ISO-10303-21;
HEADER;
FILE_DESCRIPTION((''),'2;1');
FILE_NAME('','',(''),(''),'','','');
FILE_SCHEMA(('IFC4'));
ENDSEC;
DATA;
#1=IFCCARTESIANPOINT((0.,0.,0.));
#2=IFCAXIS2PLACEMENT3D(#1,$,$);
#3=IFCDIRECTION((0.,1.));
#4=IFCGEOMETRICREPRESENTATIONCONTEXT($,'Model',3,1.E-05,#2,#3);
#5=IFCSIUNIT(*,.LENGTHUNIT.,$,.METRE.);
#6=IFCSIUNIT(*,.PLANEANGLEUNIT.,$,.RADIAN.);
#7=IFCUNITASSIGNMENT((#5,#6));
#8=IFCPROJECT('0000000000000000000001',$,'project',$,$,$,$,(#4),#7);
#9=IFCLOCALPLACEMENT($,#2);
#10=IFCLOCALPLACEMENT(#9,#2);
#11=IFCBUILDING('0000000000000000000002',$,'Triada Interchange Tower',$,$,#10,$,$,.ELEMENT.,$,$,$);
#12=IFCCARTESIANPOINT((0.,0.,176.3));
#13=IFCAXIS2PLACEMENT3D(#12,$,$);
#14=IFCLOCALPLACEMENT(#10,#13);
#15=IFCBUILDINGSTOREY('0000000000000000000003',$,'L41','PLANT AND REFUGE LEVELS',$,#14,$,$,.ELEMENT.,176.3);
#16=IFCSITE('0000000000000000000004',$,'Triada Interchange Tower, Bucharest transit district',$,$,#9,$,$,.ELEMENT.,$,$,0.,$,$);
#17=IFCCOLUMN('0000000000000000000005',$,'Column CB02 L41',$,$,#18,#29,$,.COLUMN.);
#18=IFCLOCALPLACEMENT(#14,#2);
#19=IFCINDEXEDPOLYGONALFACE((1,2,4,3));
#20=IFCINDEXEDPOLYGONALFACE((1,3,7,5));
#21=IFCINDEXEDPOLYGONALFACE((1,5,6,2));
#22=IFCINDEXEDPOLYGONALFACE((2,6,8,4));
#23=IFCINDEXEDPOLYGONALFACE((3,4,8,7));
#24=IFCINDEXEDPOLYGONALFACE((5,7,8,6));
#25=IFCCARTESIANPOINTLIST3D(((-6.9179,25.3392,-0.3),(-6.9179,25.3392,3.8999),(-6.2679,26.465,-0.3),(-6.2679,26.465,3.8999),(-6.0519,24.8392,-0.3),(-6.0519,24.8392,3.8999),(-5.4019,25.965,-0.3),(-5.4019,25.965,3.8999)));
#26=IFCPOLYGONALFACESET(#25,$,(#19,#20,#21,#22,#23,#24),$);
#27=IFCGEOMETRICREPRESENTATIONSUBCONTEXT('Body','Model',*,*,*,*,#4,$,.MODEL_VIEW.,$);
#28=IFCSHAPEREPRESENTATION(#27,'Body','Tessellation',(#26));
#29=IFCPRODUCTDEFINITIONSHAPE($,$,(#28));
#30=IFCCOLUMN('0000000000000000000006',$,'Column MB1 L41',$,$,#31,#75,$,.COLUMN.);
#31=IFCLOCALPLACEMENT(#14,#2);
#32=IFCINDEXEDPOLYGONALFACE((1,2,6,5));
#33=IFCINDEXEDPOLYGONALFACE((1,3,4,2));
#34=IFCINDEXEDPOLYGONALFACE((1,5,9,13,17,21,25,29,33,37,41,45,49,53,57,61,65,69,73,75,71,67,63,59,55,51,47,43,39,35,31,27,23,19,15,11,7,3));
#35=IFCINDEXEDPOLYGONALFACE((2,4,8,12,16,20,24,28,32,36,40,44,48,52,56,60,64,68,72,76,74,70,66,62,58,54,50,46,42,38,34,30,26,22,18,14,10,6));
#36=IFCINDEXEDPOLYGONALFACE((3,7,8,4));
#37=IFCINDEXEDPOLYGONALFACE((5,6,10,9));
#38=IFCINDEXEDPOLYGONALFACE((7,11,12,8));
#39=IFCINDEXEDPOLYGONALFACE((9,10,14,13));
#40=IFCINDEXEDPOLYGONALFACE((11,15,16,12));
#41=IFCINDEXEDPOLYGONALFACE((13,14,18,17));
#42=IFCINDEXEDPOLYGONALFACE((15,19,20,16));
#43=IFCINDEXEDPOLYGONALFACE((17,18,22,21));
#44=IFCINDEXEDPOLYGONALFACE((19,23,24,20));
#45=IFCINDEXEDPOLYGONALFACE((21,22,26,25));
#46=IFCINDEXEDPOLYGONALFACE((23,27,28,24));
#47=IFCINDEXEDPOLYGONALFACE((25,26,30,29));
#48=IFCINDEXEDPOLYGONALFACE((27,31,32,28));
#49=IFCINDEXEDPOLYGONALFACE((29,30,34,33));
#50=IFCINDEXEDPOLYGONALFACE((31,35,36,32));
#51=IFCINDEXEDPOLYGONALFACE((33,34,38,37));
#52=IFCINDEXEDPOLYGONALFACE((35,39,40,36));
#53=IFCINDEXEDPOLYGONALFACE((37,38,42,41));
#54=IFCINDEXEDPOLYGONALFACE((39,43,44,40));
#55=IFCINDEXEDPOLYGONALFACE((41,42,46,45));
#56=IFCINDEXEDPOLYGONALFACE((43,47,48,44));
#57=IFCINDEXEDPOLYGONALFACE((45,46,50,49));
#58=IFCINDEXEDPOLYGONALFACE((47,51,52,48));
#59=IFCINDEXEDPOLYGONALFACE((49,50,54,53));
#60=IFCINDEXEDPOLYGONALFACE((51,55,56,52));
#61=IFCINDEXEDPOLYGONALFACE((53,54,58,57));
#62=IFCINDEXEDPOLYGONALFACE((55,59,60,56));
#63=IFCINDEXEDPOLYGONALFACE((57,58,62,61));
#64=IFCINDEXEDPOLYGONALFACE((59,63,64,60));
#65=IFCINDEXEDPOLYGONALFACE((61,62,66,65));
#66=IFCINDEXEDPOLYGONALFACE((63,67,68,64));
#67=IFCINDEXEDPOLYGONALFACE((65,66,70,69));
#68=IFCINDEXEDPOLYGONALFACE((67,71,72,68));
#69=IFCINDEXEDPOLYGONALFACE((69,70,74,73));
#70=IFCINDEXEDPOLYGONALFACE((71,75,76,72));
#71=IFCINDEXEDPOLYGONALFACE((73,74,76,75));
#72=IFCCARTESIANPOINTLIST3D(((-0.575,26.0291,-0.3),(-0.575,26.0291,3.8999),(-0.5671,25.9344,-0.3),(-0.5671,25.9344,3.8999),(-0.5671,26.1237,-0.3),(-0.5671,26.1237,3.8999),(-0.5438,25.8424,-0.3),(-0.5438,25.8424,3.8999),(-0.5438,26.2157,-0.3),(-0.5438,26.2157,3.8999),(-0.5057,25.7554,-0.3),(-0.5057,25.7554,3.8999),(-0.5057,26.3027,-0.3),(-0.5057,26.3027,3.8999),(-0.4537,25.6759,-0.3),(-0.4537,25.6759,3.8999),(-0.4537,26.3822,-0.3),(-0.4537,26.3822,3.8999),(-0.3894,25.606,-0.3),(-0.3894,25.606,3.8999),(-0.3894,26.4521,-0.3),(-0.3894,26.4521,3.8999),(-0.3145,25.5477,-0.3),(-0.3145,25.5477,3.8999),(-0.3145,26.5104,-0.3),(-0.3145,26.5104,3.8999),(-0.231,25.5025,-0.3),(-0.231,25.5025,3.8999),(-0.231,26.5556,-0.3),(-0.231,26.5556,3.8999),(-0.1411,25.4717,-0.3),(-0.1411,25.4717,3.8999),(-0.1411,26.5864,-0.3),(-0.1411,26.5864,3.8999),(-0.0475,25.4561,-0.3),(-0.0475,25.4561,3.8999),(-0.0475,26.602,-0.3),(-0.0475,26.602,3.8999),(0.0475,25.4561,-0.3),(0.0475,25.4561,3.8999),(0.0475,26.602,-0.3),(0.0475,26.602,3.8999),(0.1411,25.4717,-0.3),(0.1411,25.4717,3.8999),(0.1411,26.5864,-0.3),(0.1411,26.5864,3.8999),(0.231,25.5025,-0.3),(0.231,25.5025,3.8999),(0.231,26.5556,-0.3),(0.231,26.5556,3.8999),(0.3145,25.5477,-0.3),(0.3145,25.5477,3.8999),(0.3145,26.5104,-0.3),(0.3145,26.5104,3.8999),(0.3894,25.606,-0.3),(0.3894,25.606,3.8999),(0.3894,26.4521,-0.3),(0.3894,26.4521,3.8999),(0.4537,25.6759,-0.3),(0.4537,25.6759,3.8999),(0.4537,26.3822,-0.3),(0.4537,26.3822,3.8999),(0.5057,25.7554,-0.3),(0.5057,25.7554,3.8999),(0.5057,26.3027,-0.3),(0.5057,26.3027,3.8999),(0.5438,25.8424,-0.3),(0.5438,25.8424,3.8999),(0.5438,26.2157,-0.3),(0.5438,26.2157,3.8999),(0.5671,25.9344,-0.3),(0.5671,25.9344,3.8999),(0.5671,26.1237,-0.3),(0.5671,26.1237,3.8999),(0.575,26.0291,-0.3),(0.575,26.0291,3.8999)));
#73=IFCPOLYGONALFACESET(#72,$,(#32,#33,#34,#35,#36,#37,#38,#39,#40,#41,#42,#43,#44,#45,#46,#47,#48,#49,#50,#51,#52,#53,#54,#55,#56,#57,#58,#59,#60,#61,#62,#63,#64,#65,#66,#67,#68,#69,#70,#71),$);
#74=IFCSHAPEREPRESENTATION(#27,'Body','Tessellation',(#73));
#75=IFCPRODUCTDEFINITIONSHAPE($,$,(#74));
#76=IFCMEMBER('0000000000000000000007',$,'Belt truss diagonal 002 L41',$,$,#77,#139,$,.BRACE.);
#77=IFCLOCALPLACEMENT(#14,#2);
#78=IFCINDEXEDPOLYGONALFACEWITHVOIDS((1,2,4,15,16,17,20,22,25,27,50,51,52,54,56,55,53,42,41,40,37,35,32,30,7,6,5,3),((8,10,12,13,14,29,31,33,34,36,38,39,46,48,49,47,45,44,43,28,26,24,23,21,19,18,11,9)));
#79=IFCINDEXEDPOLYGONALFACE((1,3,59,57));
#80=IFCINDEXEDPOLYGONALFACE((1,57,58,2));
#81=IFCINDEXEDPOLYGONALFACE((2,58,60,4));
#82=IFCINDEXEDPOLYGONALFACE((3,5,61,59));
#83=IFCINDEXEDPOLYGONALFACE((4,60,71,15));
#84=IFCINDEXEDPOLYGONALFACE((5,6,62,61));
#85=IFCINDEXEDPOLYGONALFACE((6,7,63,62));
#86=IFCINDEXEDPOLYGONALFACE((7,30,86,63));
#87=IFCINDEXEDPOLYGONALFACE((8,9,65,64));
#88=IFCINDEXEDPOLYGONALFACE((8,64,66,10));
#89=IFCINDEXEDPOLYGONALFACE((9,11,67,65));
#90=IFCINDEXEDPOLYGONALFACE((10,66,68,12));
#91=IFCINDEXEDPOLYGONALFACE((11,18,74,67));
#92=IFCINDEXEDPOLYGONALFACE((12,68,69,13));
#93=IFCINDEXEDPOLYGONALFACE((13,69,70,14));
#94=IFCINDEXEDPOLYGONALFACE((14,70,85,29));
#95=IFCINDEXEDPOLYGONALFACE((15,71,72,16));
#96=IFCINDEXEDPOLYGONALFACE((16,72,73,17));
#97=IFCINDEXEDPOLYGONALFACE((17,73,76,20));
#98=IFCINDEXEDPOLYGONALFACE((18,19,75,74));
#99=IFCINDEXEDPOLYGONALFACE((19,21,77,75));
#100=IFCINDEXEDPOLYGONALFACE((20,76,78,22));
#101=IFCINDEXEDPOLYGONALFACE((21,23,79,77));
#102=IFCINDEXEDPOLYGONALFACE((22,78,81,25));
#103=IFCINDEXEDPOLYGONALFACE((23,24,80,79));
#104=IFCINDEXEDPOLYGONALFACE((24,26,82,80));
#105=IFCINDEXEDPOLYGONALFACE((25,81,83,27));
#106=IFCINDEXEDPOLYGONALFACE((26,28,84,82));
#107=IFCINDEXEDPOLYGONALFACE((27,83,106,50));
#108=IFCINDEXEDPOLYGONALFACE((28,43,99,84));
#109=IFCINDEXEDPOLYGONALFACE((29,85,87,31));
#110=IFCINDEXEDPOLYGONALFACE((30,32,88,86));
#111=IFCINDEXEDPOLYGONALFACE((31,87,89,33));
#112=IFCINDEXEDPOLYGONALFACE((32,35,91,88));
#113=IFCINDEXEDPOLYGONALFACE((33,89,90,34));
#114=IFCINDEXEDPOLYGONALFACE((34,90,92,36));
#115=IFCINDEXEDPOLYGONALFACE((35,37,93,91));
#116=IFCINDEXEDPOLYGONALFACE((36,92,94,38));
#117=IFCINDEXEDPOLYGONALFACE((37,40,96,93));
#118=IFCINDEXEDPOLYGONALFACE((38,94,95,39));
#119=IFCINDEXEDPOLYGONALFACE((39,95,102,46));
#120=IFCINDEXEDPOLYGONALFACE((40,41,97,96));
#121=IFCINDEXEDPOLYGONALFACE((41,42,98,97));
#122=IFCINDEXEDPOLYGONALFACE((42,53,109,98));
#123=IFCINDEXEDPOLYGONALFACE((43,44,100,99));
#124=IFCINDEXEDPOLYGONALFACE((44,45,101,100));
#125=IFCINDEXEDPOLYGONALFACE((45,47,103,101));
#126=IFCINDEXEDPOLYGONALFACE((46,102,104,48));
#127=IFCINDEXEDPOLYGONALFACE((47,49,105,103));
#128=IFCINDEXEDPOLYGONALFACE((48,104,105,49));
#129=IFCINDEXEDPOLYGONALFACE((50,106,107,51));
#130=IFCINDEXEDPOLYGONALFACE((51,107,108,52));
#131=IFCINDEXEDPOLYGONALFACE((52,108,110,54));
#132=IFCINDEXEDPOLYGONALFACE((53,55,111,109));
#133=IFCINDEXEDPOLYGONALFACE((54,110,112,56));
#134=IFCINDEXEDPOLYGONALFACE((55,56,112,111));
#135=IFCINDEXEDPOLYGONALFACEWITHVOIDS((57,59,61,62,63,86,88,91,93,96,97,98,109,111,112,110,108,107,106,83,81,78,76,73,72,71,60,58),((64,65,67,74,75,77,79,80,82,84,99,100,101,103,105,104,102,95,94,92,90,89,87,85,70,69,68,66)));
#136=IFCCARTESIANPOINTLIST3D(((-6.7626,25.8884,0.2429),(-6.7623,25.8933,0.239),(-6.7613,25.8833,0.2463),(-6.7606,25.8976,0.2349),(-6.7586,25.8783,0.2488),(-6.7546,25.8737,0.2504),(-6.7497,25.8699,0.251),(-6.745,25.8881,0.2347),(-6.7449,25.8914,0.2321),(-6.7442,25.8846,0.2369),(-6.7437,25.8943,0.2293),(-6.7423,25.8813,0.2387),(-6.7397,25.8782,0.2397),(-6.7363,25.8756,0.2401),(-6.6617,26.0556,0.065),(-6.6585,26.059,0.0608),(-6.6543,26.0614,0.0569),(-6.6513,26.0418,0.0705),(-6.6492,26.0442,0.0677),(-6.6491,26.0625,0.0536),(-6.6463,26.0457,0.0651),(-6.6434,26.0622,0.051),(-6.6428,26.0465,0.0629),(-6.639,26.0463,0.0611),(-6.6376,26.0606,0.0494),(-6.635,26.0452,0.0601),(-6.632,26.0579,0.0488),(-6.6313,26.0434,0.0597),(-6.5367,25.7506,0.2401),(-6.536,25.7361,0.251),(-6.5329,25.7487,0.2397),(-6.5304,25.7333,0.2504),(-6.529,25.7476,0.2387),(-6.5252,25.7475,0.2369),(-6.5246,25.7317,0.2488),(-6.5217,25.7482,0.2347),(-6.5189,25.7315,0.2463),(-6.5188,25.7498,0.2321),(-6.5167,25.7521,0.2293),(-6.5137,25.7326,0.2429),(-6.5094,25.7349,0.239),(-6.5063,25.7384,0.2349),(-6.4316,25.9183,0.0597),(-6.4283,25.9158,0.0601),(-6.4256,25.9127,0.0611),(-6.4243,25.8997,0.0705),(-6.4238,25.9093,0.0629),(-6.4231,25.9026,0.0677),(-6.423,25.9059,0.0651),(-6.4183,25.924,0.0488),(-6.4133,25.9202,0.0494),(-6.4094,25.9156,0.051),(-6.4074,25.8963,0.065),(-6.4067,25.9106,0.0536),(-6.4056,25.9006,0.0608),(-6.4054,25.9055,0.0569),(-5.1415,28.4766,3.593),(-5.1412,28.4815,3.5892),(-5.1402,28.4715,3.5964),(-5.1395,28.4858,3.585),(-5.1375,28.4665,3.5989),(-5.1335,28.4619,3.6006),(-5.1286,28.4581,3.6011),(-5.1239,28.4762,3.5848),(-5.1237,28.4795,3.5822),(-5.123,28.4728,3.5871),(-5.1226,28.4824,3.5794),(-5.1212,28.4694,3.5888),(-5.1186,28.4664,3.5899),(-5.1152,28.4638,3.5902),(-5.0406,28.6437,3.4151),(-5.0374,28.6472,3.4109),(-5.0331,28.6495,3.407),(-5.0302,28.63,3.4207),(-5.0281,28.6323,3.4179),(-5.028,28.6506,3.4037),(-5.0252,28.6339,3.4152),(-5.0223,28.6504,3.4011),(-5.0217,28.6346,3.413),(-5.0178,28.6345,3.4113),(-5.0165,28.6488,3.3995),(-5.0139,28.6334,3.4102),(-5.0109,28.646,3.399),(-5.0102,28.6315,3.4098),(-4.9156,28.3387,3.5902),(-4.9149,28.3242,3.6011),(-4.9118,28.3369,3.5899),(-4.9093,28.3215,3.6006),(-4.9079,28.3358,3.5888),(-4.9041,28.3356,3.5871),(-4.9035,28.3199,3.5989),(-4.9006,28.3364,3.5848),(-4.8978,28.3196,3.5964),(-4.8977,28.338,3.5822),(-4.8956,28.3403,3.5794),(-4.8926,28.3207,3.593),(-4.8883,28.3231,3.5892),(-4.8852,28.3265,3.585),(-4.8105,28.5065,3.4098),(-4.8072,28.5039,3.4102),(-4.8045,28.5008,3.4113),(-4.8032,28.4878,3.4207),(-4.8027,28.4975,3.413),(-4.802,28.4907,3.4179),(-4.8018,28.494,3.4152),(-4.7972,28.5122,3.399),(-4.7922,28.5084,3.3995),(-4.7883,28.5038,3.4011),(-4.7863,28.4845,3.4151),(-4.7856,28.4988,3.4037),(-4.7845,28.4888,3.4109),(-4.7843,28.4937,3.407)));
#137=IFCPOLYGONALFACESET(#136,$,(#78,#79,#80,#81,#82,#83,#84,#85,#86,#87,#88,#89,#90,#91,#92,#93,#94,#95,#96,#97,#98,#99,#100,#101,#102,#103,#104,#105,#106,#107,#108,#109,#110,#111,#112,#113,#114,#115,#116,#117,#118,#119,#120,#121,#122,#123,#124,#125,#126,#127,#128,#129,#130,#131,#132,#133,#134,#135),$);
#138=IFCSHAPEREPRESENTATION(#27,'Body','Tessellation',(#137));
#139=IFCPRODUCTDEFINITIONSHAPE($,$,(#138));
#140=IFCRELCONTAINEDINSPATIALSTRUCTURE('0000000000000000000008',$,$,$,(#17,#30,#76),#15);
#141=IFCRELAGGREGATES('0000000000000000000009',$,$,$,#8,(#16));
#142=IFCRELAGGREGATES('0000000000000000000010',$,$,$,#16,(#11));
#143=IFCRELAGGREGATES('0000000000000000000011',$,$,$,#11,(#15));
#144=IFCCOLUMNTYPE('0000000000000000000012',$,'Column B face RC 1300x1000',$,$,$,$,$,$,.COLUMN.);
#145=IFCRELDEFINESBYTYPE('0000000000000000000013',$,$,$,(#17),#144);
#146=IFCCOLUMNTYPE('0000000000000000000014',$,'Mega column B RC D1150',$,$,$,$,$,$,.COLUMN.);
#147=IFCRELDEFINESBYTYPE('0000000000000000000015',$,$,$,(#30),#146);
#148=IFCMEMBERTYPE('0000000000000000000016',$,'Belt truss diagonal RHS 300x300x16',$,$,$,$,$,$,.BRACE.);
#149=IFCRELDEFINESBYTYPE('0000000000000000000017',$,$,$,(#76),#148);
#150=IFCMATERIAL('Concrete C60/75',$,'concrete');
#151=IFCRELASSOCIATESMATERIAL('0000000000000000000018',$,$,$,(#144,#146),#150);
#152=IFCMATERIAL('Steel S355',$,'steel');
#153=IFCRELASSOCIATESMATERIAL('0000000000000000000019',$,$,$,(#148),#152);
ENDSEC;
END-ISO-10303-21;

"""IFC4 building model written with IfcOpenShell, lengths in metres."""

from ifc_helpers import new_model, si_unit, direction, frame, origin, origin_2d, place, context, subcontext, project, spatial, rectangle, hollow_rectangle, circle, extrude, material, material_profile, profile_set, type_object, element, save


model = new_model("IFC4")

# Units and contexts
model_context = context("Model", 3, precision=1e-05, world=origin(), true_north=direction((0.0, 1.0)))
body_context = subcontext(model_context, "Body", "Model", "MODEL_VIEW")
ifc_project = project(units=[si_unit("LENGTHUNIT", "METRE"), si_unit("PLANEANGLEUNIT", "RADIAN")], contexts=[model_context])

# Site, building, storey
site_placement = place(None, origin())
site = spatial("IfcSite", under=ifc_project, at=site_placement, Name="Triada Interchange Tower, Bucharest transit district", CompositionType="ELEMENT", RefElevation=0.0)
building_placement = place(site_placement, origin())
building = spatial("IfcBuilding", under=site, at=building_placement, Name="Triada Interchange Tower", CompositionType="ELEMENT")
storey_placement = place(building_placement, frame((0.0, 0.0, 176.3)))
storey = spatial("IfcBuildingStorey", under=building, at=storey_placement, Name="L41", Description="PLANT AND REFUGE LEVELS", CompositionType="ELEMENT", Elevation=176.3)

# Columns
ifc_material_1 = material(Name="Concrete C60/75", Category="concrete")
ifc_material_profile_1 = material_profile(ifc_material_1, rectangle(XDim=1.3, YDim=1.0, at=origin_2d()), Name="RC 1300x1000")
ifc_profile_set_1 = profile_set([ifc_material_profile_1], Name="Concrete C60/75")
column_type_1 = type_object("IfcColumnType", Name="Column B face RC 1300x1000", PredefinedType="COLUMN", material=ifc_profile_set_1)
column_1_placement = place(storey_placement, frame((-6.1599, 25.6521, -0.3), z_axis=(0.0, 0.0, 1.0), x_axis=(0.5, 0.866025, 0.0)))
element("IfcColumn", 1, at=column_1_placement, inside=storey, type_object=column_type_1, Name="Column CB02 L41", PredefinedType="COLUMN", context=body_context, shape_type="SweptSolid", body=[
    extrude(rectangle(XDim=1.3, YDim=1.0, at=origin_2d()), origin(), (0.0, 0.0, 1.0), 4.2),
])
ifc_material_profile_2 = material_profile(ifc_material_1, circle(Radius=0.575, at=origin_2d()), Name="RC D1150")
ifc_profile_set_2 = profile_set([ifc_material_profile_2], Name="Concrete C60/75")
column_type_2 = type_object("IfcColumnType", Name="Mega column B RC D1150", PredefinedType="COLUMN", material=ifc_profile_set_2)
column_2_placement = place(storey_placement, frame((0.0, 26.0291, -0.3), z_axis=(0.0, 0.0, 1.0), x_axis=(1.0, 0.0, 0.0)))
element("IfcColumn", 2, at=column_2_placement, inside=storey, type_object=column_type_2, Name="Column MB1 L41", PredefinedType="COLUMN", context=body_context, shape_type="SweptSolid", body=[
    extrude(circle(Radius=0.575, at=origin_2d()), origin(), (0.0, 0.0, 1.0), 4.2),
])

# Member
ifc_material_2 = material(Name="Steel S355", Category="steel")
ifc_material_profile_3 = material_profile(ifc_material_2, hollow_rectangle(XDim=0.3, YDim=0.3, WallThickness=0.0161, InnerFilletRadius=0.0161, OuterFilletRadius=0.0239, at=origin_2d()), Name="RHS 300x300x16")
ifc_profile_set_3 = profile_set([ifc_material_profile_3], Name="Steel S355")
member_type = type_object("IfcMemberType", Name="Belt truss diagonal RHS 300x300x16", PredefinedType="BRACE", material=ifc_profile_set_3)
member_1_placement = place(storey_placement, frame((-6.584, 25.897, 0.1499), z_axis=(0.357608, 0.570934, 0.73902), x_axis=(-0.847481, 0.530825, 0.0)))
element("IfcMember", 3, at=member_1_placement, inside=storey, type_object=member_type, Name="Belt truss diagonal 002 L41", PredefinedType="BRACE", context=body_context, shape_type="SweptSolid", body=[
    extrude(hollow_rectangle(XDim=0.3, YDim=0.3, WallThickness=0.0161, InnerFilletRadius=0.0161, OuterFilletRadius=0.0239, at=origin_2d()), origin(), (0.0, 0.0, 1.0), 4.5332),
])

save(model, "model.ifc")
